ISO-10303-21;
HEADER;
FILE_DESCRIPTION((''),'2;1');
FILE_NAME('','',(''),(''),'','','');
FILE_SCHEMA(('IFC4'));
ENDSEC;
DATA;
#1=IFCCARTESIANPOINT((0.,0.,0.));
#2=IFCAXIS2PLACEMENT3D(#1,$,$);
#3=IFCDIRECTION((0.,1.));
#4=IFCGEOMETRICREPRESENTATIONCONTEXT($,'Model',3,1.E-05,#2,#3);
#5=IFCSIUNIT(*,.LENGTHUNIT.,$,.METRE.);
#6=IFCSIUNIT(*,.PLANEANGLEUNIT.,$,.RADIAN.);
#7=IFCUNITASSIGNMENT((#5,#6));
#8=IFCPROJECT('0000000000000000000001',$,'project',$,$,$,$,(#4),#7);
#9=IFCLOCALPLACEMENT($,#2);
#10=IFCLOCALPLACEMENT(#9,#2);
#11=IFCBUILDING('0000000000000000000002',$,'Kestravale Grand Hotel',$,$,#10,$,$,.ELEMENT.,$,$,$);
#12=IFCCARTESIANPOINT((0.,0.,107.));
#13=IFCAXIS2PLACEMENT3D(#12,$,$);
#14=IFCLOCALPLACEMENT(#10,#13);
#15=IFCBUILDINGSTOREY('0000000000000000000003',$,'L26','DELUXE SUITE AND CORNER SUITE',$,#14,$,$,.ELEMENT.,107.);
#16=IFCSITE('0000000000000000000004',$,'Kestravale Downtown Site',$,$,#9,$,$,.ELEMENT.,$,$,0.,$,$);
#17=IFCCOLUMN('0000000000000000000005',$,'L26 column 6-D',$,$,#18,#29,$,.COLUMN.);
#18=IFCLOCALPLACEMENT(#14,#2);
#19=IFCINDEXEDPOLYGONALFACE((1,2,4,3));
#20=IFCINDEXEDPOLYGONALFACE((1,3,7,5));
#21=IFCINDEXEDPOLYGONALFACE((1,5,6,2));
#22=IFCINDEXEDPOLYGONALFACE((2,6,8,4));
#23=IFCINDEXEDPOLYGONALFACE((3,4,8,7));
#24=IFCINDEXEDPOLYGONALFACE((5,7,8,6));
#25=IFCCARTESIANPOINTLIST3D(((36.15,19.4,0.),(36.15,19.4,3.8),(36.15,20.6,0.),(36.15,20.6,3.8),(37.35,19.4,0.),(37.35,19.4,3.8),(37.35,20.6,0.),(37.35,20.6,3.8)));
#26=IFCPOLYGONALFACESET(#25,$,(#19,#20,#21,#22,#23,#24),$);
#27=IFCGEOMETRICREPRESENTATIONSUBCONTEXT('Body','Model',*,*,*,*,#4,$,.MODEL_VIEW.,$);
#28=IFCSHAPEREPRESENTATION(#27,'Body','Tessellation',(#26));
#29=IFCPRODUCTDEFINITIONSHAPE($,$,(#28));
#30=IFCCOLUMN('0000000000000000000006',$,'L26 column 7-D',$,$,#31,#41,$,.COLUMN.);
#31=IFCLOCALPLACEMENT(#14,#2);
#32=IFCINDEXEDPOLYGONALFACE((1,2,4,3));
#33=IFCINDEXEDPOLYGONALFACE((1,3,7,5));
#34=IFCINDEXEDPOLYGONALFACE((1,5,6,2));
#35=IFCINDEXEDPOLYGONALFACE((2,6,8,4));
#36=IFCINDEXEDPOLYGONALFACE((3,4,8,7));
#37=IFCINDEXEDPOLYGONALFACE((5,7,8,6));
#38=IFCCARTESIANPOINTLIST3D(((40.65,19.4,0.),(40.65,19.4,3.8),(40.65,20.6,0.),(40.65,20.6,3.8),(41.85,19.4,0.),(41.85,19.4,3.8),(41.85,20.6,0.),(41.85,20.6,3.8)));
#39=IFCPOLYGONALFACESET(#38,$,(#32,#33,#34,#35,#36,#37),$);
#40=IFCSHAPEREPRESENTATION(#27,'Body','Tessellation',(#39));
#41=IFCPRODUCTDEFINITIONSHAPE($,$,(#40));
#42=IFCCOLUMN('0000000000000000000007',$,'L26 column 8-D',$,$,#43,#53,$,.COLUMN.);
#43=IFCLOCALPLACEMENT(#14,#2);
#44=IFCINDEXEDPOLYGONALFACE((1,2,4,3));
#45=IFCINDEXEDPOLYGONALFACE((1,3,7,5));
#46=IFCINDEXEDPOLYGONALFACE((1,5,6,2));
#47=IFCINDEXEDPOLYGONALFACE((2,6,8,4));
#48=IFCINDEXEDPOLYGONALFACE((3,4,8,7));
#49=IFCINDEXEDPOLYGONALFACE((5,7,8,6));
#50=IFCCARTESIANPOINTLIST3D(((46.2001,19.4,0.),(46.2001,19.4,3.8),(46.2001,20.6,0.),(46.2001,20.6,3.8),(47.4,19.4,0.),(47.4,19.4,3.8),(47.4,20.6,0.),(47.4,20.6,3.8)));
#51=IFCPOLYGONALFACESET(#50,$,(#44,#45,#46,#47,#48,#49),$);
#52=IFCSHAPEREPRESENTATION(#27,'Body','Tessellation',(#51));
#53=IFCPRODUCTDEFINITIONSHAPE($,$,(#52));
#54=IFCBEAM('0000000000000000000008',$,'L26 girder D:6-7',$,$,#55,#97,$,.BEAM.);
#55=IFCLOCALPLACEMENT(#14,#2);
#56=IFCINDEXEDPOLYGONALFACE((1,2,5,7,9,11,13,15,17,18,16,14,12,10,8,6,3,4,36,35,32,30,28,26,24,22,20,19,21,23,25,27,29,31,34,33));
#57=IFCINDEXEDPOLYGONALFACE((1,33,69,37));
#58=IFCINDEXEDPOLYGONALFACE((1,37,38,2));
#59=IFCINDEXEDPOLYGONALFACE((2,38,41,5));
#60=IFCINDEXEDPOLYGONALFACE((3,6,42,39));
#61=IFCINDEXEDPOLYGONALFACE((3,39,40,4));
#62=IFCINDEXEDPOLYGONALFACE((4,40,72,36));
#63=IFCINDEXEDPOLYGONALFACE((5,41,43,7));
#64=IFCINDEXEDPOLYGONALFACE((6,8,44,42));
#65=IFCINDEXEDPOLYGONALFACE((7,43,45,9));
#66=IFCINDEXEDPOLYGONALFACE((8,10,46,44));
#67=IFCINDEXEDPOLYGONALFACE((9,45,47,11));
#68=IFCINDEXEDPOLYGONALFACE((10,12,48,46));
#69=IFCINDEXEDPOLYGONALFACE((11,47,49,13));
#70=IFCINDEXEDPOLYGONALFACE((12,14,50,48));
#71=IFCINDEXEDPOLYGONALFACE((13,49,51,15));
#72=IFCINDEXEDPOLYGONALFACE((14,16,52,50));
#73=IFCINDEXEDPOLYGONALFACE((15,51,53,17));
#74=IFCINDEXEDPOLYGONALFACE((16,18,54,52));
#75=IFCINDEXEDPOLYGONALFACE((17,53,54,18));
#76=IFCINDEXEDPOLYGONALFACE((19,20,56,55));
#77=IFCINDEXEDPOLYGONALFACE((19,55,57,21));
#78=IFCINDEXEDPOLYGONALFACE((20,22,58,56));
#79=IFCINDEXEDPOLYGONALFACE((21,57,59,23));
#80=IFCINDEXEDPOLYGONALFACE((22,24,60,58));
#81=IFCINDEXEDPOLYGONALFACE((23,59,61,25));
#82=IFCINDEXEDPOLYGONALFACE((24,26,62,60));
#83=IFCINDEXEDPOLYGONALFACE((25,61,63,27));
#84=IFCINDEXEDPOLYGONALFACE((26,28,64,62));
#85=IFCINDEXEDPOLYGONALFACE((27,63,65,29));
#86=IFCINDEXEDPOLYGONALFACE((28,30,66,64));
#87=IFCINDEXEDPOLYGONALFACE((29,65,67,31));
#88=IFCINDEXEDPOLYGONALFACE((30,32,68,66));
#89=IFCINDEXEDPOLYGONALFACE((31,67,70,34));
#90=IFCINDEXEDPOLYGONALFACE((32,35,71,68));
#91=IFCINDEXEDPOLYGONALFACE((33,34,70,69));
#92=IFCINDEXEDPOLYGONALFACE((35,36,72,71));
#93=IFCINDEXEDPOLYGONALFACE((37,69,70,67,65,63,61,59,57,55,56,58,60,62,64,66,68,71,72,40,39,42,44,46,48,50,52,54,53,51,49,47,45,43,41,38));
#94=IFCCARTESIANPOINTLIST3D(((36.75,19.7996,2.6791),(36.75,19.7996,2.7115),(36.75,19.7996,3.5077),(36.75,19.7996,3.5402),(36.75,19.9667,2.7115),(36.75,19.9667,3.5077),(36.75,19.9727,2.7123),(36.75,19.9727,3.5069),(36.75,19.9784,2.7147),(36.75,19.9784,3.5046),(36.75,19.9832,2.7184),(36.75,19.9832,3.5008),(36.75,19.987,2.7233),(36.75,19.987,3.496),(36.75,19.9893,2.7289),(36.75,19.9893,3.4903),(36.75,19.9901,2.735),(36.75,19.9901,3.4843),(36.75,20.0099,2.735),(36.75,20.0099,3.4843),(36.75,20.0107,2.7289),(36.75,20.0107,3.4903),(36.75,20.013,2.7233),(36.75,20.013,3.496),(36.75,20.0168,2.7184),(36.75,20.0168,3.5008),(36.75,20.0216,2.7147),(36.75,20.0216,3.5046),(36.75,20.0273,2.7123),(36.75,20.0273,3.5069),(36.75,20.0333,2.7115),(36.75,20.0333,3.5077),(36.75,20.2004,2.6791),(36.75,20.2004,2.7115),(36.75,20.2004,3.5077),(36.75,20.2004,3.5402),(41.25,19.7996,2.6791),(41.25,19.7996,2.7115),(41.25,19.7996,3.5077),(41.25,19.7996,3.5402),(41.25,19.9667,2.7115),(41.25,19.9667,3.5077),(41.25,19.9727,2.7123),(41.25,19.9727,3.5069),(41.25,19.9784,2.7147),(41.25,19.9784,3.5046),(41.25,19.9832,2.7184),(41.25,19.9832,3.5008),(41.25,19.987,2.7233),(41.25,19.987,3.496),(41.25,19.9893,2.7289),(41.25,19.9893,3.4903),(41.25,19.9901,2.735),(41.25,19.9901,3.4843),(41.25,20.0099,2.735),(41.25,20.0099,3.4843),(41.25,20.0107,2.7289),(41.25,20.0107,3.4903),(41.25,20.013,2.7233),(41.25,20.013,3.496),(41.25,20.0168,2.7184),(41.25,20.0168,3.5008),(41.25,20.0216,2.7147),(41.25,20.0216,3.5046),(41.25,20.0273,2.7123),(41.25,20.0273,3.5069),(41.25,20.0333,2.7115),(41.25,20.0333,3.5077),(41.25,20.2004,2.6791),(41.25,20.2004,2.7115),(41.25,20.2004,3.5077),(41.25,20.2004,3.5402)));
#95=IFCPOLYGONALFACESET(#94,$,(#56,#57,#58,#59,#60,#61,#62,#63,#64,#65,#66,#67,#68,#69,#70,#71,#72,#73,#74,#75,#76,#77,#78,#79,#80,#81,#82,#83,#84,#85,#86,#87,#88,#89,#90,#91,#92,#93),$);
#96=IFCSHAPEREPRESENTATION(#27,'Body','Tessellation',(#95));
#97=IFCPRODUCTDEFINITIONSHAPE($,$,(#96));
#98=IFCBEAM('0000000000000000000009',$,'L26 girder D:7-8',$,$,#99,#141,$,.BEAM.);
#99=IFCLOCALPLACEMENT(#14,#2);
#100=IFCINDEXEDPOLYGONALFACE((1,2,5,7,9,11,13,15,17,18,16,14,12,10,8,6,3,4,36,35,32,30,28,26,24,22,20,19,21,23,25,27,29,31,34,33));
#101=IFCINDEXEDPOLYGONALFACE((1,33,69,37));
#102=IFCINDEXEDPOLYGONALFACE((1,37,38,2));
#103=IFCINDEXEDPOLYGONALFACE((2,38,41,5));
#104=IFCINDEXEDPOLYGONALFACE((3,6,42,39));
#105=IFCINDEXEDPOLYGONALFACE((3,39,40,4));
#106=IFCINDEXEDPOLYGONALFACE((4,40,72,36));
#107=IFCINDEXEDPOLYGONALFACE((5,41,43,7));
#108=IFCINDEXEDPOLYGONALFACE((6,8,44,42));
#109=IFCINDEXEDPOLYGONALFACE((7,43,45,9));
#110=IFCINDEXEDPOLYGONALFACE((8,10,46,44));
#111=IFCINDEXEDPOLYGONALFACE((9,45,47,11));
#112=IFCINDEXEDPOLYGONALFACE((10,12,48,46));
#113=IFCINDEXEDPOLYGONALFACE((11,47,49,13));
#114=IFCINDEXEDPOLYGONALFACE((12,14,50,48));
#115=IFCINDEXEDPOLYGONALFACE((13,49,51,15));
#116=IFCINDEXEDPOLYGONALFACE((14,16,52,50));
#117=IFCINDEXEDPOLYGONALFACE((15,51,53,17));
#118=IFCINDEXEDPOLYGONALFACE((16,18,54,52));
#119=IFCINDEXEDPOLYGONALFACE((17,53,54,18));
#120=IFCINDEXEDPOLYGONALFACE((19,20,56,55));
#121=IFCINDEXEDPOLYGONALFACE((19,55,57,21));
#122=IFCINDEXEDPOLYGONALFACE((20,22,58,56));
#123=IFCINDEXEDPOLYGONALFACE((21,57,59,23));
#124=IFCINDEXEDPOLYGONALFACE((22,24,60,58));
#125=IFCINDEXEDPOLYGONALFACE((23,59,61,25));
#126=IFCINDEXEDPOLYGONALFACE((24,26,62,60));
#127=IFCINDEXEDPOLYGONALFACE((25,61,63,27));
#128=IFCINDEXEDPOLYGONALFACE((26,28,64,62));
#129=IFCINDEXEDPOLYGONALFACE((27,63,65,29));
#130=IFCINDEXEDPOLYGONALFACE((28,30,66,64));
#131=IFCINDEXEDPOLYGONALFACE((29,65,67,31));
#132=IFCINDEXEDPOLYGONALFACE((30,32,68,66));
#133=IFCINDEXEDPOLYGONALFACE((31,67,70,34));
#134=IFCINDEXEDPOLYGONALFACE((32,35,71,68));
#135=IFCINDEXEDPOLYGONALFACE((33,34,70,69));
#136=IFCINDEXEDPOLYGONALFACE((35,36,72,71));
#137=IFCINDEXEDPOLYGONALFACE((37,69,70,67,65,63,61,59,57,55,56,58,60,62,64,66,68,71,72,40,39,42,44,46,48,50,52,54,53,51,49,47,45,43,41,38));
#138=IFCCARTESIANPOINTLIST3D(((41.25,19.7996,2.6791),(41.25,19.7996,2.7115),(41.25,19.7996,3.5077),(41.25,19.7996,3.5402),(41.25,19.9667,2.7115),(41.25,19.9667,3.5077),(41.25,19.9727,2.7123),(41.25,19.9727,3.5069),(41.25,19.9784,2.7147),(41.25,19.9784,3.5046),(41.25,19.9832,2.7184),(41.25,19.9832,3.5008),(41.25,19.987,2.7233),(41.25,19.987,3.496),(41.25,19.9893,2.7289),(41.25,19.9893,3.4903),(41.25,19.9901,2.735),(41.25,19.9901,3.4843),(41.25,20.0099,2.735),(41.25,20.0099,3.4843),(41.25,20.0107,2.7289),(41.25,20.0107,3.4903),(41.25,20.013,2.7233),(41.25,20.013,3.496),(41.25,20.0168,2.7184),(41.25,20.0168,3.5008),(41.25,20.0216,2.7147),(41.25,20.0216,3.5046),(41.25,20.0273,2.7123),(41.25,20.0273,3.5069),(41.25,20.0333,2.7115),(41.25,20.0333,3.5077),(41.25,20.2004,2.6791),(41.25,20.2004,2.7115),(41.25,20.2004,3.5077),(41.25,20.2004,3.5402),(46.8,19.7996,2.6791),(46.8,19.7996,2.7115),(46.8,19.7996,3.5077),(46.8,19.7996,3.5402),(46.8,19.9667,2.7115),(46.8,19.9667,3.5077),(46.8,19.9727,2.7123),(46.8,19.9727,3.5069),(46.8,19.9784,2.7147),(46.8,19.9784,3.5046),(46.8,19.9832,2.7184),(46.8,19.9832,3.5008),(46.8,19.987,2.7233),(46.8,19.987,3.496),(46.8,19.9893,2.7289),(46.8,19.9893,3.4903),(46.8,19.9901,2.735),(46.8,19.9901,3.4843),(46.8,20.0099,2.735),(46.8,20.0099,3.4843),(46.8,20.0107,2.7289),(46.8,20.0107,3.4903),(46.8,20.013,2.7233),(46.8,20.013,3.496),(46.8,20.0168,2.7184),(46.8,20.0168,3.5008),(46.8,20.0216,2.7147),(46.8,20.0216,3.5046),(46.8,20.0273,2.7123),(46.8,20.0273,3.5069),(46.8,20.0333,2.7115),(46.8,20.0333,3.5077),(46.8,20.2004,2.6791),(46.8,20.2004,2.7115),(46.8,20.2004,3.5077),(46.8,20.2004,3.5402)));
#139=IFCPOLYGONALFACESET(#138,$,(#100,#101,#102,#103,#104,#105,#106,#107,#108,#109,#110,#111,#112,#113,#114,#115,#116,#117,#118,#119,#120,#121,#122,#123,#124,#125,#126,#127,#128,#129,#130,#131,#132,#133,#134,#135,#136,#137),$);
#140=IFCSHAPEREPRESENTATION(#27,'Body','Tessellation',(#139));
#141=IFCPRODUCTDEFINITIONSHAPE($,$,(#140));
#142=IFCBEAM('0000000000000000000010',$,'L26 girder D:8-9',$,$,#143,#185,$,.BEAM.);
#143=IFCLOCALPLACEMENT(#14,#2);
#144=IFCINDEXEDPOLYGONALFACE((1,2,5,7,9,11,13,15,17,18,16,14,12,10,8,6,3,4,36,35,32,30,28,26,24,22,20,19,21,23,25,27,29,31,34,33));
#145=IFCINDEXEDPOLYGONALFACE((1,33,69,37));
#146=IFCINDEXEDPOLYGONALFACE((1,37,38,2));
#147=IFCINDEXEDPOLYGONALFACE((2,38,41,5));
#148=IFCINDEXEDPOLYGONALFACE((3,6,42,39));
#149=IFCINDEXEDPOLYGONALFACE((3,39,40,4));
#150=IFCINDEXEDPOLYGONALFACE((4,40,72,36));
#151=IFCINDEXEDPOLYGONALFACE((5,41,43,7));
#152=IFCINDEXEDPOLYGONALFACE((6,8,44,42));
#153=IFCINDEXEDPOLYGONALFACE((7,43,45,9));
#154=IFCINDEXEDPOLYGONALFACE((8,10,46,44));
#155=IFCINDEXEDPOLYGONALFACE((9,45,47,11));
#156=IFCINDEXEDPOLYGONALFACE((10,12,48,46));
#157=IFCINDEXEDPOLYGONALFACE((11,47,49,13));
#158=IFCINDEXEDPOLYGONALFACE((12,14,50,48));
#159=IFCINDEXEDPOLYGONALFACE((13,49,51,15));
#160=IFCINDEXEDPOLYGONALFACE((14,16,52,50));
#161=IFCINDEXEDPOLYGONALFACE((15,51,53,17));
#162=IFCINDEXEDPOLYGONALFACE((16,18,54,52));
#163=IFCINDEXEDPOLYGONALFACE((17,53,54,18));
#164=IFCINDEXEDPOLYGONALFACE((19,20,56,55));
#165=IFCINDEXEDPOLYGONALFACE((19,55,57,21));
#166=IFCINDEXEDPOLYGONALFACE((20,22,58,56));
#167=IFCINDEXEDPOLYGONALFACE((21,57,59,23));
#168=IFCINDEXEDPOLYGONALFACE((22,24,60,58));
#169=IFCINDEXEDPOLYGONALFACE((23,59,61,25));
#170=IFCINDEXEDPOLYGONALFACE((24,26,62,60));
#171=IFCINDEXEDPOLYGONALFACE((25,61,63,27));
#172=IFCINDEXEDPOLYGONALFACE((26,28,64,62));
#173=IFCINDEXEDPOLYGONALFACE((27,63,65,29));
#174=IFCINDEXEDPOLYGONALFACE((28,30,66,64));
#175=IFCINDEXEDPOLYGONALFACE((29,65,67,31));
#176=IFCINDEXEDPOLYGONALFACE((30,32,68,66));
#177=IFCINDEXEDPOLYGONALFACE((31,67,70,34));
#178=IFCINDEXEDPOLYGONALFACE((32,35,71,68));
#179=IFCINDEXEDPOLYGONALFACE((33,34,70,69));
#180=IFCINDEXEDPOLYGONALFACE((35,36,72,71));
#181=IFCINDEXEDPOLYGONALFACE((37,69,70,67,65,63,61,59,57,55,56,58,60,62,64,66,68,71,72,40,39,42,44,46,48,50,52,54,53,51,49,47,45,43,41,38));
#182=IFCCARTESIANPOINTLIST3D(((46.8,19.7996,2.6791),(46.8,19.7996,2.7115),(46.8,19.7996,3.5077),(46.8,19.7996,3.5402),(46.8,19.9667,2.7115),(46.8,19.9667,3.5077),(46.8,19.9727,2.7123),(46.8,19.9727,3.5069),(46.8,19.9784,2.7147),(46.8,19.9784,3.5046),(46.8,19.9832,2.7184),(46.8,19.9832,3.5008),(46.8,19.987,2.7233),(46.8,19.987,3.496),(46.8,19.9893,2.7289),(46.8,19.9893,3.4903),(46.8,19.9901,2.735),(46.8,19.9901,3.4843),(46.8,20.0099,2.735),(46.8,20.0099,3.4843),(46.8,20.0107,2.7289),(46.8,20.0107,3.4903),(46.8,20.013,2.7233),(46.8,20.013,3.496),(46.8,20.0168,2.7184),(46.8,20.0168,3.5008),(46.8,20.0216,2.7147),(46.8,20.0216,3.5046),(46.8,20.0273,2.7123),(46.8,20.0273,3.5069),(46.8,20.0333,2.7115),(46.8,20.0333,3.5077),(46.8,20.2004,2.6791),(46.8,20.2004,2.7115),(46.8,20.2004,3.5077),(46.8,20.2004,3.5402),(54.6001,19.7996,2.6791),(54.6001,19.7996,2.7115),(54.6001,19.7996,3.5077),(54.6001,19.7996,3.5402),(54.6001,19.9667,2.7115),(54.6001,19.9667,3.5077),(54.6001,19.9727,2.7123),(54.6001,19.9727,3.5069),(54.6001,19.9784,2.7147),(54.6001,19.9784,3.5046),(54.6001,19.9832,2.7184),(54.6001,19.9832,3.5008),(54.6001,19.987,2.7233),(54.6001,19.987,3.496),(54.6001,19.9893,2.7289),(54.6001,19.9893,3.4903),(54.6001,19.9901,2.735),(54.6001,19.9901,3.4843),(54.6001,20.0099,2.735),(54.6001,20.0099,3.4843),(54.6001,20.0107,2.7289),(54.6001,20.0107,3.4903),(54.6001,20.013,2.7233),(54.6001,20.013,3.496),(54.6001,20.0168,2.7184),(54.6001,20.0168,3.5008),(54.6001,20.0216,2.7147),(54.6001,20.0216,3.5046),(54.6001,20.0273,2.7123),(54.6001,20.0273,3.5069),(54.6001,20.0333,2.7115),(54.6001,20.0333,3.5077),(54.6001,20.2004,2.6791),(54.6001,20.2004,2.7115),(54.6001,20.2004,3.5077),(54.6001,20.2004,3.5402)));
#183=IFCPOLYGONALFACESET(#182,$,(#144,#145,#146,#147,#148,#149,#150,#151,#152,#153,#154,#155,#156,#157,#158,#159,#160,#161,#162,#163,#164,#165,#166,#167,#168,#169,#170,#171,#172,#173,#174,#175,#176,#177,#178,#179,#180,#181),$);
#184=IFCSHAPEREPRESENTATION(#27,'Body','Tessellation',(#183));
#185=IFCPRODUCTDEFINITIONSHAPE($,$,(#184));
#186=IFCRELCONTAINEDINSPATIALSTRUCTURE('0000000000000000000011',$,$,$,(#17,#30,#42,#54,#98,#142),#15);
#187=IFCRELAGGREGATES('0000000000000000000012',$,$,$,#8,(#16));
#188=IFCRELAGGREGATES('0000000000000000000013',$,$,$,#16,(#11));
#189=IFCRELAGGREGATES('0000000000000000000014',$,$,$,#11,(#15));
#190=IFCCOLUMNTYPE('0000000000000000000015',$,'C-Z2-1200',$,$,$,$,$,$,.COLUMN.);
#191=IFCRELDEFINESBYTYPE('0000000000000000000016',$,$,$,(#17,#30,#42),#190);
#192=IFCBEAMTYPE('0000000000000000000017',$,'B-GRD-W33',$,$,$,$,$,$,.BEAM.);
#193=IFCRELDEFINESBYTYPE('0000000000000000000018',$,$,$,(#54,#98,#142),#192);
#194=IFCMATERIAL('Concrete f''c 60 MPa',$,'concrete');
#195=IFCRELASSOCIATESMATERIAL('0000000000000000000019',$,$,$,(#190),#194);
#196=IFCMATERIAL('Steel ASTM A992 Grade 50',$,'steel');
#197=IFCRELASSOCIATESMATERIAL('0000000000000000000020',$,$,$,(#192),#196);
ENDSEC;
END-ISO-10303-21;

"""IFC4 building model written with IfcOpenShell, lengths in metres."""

from ifc_helpers import new_model, si_unit, direction, frame, origin, origin_2d, place, context, subcontext, project, spatial, rectangle, i_section, extrude, material, material_profile, profile_set, type_object, element, save


model = new_model("IFC4")

# Units and contexts
model_context = context("Model", 3, precision=1e-05, world=origin(), true_north=direction((0.0, 1.0)))
body_context = subcontext(model_context, "Body", "Model", "MODEL_VIEW")
ifc_project = project(units=[si_unit("LENGTHUNIT", "METRE"), si_unit("PLANEANGLEUNIT", "RADIAN")], contexts=[model_context])

# Site, building, storey
site_placement = place(None, origin())
site = spatial("IfcSite", under=ifc_project, at=site_placement, Name="Kestravale Downtown Site", CompositionType="ELEMENT", RefElevation=0.0)
building_placement = place(site_placement, origin())
building = spatial("IfcBuilding", under=site, at=building_placement, Name="Kestravale Grand Hotel", CompositionType="ELEMENT")
storey_placement = place(building_placement, frame((0.0, 0.0, 107.0)))
storey = spatial("IfcBuildingStorey", under=building, at=storey_placement, Name="L26", Description="DELUXE SUITE AND CORNER SUITE", CompositionType="ELEMENT", Elevation=107.0)

# Columns
ifc_material_1 = material(Name="Concrete f'c 60 MPa", Category="concrete")
ifc_material_profile_1 = material_profile(ifc_material_1, rectangle(XDim=1.2, YDim=1.2, at=origin_2d()))
ifc_profile_set_1 = profile_set([ifc_material_profile_1], Name="Concrete f'c 60 MPa")
column_type = type_object("IfcColumnType", Name="C-Z2-1200", PredefinedType="COLUMN", material=ifc_profile_set_1)
for number, where, z_axis, x_axis, name in (
    (1, (36.75, 20.0, 0.0), (0.0, 0.0, 1.0), (1.0, 0.0, 0.0), "L26 column 6-D"),
    (2, (41.25, 20.0, 0.0), (0.0, 0.0, 1.0), (1.0, 0.0, 0.0), "L26 column 7-D"),
    (3, (46.8, 20.0, 0.0), (0.0, 0.0, 1.0), (1.0, 0.0, 0.0), "L26 column 8-D"),
):
    element("IfcColumn", number, at=place(storey_placement, frame(where, z_axis=z_axis, x_axis=x_axis)), inside=storey, type_object=column_type, Name=name, PredefinedType="COLUMN", context=body_context, shape_type="SweptSolid", body=[
        extrude(rectangle(XDim=1.2, YDim=1.2, at=origin_2d()), origin(), (0.0, 0.0, 1.0), 3.8),
    ])

# Beams
ifc_material_2 = material(Name="Steel ASTM A992 Grade 50", Category="steel")
ifc_material_profile_2 = material_profile(ifc_material_2, i_section(OverallWidth=0.4009, OverallDepth=0.8611, WebThickness=0.0198, FlangeThickness=0.0325, FilletRadius=0.0234, at=origin_2d()))
ifc_profile_set_2 = profile_set([ifc_material_profile_2], Name="Steel ASTM A992 Grade 50")
beam_type = type_object("IfcBeamType", Name="B-GRD-W33", PredefinedType="BEAM", material=ifc_profile_set_2)
beam_1_placement = place(storey_placement, frame((36.75, 20.0, 3.1096), z_axis=(1.0, 0.0, 0.0), x_axis=(0.0, 1.0, 0.0)))
element("IfcBeam", 4, at=beam_1_placement, inside=storey, type_object=beam_type, Name="L26 girder D:6-7", PredefinedType="BEAM", context=body_context, shape_type="SweptSolid", body=[
    extrude(i_section(OverallWidth=0.4009, OverallDepth=0.8611, WebThickness=0.0198, FlangeThickness=0.0325, FilletRadius=0.0234, at=origin_2d()), origin(), (0.0, 0.0, 1.0), 4.5),
])
beam_2_placement = place(storey_placement, frame((41.25, 20.0, 3.1096), z_axis=(1.0, 0.0, 0.0), x_axis=(0.0, 1.0, 0.0)))
element("IfcBeam", 5, at=beam_2_placement, inside=storey, type_object=beam_type, Name="L26 girder D:7-8", PredefinedType="BEAM", context=body_context, shape_type="SweptSolid", body=[
    extrude(i_section(OverallWidth=0.4009, OverallDepth=0.8611, WebThickness=0.0198, FlangeThickness=0.0325, FilletRadius=0.0234, at=origin_2d()), origin(), (0.0, 0.0, 1.0), 5.55),
])
beam_3_placement = place(storey_placement, frame((46.8, 20.0, 3.1096), z_axis=(1.0, 0.0, 0.0), x_axis=(0.0, 1.0, 0.0)))
element("IfcBeam", 6, at=beam_3_placement, inside=storey, type_object=beam_type, Name="L26 girder D:8-9", PredefinedType="BEAM", context=body_context, shape_type="SweptSolid", body=[
    extrude(i_section(OverallWidth=0.4009, OverallDepth=0.8611, WebThickness=0.0198, FlangeThickness=0.0325, FilletRadius=0.0234, at=origin_2d()), origin(), (0.0, 0.0, 1.0), 7.8),
])

save(model, "model.ifc")
